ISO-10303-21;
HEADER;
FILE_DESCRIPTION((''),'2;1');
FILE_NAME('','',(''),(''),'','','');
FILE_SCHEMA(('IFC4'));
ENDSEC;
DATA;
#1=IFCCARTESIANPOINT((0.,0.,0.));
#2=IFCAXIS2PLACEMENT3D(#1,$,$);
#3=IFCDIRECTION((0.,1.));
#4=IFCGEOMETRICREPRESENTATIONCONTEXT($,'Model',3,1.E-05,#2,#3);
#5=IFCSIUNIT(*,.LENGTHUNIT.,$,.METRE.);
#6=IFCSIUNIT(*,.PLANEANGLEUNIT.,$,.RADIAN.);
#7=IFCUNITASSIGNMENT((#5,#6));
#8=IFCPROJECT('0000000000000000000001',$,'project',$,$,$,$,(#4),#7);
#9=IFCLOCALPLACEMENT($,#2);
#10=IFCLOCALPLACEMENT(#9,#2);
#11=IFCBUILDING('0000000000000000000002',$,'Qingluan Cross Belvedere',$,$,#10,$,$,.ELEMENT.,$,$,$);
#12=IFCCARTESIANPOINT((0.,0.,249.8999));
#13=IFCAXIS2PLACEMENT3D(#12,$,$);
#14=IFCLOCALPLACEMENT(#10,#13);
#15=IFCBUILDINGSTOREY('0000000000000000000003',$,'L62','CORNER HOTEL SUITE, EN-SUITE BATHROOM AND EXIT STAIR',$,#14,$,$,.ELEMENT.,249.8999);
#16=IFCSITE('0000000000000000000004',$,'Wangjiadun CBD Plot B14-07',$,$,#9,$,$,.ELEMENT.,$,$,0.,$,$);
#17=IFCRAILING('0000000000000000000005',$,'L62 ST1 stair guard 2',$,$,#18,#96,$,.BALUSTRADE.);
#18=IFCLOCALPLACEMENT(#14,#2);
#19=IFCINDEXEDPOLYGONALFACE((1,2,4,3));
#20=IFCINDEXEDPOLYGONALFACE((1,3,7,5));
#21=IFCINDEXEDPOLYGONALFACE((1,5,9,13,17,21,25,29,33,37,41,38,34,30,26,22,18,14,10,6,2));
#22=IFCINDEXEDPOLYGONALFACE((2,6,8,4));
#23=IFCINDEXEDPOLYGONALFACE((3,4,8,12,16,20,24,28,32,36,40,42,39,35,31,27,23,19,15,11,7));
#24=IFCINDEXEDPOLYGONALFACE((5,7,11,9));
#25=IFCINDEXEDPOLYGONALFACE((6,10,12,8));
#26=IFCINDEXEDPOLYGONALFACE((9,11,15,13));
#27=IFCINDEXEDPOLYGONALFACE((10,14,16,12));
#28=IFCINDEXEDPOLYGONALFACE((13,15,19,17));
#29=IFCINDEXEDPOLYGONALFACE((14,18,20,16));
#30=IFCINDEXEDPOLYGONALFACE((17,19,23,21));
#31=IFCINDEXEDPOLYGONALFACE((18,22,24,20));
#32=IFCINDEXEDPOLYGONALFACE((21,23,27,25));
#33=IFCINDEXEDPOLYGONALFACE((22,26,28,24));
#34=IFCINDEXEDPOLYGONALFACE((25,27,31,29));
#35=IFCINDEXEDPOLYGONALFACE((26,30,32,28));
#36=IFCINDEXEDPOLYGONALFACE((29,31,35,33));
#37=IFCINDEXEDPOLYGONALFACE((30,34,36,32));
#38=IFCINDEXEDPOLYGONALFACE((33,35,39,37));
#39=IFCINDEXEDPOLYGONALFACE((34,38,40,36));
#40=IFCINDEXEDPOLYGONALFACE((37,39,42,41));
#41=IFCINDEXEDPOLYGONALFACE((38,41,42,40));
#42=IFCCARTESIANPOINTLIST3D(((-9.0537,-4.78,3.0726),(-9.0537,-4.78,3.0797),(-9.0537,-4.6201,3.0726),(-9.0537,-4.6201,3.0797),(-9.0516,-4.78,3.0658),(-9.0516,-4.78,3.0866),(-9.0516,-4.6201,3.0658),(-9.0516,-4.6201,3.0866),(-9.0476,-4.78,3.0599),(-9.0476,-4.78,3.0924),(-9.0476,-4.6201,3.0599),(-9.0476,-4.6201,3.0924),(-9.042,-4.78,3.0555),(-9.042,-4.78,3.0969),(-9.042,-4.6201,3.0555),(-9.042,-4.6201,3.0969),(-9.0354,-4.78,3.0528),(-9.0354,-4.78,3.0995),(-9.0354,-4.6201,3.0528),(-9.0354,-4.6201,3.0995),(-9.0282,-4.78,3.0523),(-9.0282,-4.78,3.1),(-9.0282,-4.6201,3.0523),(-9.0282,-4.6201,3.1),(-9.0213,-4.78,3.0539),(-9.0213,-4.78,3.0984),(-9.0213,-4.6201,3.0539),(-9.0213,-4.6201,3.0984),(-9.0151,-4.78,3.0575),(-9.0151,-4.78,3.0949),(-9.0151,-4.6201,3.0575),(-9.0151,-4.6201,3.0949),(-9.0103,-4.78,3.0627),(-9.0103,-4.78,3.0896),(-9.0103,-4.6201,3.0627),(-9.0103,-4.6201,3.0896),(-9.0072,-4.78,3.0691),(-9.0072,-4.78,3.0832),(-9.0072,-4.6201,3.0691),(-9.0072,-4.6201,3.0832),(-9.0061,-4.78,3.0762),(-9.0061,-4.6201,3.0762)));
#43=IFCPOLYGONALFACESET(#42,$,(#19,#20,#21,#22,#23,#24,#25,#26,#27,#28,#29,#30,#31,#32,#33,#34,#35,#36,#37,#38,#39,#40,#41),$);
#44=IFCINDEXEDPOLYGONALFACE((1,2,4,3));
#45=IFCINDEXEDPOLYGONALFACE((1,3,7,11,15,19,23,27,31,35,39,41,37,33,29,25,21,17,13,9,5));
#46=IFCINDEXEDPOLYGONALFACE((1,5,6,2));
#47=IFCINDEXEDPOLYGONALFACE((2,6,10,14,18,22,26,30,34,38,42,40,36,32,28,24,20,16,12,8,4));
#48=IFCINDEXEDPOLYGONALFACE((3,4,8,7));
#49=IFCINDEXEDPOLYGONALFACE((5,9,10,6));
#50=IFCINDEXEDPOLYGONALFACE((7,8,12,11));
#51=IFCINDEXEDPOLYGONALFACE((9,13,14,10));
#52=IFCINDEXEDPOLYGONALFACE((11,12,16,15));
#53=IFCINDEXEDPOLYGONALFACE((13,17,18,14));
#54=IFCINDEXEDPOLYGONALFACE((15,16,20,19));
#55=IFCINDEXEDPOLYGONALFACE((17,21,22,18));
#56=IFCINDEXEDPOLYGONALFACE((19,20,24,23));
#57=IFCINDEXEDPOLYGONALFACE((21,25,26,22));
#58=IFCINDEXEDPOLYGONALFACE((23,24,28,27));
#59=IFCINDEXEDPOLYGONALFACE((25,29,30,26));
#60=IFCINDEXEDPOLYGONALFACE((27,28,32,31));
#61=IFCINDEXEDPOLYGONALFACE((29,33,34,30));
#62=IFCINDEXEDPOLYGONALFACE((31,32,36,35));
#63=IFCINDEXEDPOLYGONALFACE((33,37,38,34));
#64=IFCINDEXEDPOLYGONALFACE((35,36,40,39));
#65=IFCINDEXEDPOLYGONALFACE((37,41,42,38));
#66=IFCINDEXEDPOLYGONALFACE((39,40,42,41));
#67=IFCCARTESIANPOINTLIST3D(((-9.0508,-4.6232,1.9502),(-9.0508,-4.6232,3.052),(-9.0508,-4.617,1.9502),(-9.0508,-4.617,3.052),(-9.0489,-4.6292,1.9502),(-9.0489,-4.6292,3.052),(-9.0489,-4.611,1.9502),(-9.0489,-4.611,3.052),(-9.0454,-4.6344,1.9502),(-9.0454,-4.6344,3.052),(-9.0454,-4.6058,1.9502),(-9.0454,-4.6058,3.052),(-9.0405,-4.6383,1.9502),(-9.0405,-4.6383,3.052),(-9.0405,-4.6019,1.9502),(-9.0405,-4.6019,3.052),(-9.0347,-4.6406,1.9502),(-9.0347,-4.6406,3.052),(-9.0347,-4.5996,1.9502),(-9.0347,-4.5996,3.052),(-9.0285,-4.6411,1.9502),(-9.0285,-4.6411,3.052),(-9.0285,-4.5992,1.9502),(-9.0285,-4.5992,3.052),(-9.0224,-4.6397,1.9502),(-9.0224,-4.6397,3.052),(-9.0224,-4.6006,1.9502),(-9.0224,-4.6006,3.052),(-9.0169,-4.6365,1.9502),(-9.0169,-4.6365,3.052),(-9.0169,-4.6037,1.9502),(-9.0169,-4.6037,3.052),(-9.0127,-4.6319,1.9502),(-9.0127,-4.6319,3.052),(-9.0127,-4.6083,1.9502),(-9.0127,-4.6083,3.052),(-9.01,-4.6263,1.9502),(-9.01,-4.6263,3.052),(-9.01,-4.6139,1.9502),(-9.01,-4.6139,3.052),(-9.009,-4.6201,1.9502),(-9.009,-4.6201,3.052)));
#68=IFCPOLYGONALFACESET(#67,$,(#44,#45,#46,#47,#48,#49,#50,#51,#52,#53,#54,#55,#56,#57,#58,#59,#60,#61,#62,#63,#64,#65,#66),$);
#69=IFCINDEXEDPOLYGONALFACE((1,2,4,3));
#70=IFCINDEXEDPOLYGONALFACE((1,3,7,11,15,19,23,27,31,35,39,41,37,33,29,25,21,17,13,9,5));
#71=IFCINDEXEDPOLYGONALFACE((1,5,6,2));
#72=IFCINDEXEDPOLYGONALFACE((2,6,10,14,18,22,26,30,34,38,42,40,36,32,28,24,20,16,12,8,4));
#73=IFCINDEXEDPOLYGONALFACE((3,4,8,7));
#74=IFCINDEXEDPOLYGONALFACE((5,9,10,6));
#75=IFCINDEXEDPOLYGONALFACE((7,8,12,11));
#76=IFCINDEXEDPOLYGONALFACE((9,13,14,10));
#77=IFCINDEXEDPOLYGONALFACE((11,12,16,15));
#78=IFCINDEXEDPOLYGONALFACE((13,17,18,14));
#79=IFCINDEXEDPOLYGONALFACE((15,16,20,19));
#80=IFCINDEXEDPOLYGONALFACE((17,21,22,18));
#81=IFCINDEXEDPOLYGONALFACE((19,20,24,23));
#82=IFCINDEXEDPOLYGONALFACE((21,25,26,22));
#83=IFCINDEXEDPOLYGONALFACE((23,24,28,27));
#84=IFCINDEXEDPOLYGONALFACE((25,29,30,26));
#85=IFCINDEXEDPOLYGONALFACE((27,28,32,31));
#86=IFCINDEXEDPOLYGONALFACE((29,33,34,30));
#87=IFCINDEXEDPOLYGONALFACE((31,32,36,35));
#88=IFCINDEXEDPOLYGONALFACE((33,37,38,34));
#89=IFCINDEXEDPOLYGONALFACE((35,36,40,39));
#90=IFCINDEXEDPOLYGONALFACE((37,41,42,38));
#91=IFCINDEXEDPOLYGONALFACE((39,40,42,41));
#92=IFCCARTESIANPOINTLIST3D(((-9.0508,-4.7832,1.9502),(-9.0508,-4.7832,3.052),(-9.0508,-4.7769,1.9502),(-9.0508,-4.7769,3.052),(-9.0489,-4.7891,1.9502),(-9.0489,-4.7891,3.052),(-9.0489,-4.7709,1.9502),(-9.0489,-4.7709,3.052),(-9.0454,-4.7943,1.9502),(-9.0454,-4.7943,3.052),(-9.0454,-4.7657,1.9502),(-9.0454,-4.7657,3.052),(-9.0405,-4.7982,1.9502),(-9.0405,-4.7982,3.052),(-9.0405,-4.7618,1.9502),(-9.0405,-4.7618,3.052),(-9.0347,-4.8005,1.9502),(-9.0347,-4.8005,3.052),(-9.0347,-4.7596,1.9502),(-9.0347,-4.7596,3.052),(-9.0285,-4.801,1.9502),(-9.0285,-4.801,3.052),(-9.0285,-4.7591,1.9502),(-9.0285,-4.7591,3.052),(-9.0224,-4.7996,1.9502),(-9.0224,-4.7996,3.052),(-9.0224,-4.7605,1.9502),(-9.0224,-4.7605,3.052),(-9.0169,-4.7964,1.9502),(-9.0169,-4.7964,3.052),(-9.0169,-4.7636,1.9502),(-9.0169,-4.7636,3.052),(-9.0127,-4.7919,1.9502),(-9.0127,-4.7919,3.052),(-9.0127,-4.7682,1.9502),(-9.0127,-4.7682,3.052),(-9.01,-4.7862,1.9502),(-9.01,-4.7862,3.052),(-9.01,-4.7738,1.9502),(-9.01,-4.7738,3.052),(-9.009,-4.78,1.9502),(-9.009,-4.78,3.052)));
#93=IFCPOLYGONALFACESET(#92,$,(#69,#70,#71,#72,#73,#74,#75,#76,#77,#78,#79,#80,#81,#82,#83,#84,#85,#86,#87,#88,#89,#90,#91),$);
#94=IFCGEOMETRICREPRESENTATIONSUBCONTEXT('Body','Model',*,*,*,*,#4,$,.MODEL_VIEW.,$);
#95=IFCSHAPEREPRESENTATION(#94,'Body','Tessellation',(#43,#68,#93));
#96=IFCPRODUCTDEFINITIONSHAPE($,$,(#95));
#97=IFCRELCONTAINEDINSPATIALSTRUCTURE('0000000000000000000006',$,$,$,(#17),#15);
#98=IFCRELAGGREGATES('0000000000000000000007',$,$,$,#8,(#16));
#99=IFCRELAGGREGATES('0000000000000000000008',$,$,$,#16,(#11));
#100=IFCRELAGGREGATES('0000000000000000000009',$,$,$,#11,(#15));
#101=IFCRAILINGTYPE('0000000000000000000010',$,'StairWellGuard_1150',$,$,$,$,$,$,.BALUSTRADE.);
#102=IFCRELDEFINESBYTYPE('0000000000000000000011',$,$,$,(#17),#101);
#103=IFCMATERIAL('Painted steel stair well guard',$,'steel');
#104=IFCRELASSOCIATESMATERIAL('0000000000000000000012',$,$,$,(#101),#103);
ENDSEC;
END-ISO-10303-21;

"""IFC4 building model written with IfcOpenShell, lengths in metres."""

from ifc_helpers import new_model, si_unit, direction, frame, origin, origin_2d, place, context, subcontext, project, spatial, circle, extrude, material, type_object, element, save


model = new_model("IFC4")

# Units and contexts
model_context = context("Model", 3, precision=1e-05, world=origin(), true_north=direction((0.0, 1.0)))
body_context = subcontext(model_context, "Body", "Model", "MODEL_VIEW")
ifc_project = project(units=[si_unit("LENGTHUNIT", "METRE"), si_unit("PLANEANGLEUNIT", "RADIAN")], contexts=[model_context])

# Site, building, storey
site_placement = place(None, origin())
site = spatial("IfcSite", under=ifc_project, at=site_placement, Name="Wangjiadun CBD Plot B14-07", CompositionType="ELEMENT", RefElevation=0.0)
building_placement = place(site_placement, origin())
building = spatial("IfcBuilding", under=site, at=building_placement, Name="Qingluan Cross Belvedere", CompositionType="ELEMENT")
storey_placement = place(building_placement, frame((0.0, 0.0, 249.8999)))
storey = spatial("IfcBuildingStorey", under=building, at=storey_placement, Name="L62", Description="CORNER HOTEL SUITE, EN-SUITE BATHROOM AND EXIT STAIR", CompositionType="ELEMENT", Elevation=249.8999)

# Railing
ifc_material_1 = material(Name="Painted steel stair well guard", Category="steel")
railing_type_1 = type_object("IfcRailingType", Name="StairWellGuard_1150", PredefinedType="BALUSTRADE", material=ifc_material_1)
railing_1_placement = place(storey_placement, frame((-9.03, -4.6201, 1.9502)))
element("IfcRailing", 1, at=railing_1_placement, inside=storey, type_object=railing_type_1, Name="L62 ST1 stair guard 2", PredefinedType="BALUSTRADE", context=body_context, shape_type="SweptSolid", body=[
    extrude(circle(Radius=0.0239, at=origin_2d()), frame((0.0, 0.0, 1.126), z_axis=(0.0, -1.0, 0.0), x_axis=(1.0, 0.0, 0.0)), (0.0, 0.0, 1.0), 0.1599),
    extrude(circle(Radius=0.021, at=origin_2d()), origin(), (0.0, 0.0, 1.0), 1.1018),
    extrude(circle(Radius=0.021, at=origin_2d()), frame((0.0, -0.1599, 0.0)), (0.0, 0.0, 1.0), 1.1018),
])

save(model, "model.ifc")
